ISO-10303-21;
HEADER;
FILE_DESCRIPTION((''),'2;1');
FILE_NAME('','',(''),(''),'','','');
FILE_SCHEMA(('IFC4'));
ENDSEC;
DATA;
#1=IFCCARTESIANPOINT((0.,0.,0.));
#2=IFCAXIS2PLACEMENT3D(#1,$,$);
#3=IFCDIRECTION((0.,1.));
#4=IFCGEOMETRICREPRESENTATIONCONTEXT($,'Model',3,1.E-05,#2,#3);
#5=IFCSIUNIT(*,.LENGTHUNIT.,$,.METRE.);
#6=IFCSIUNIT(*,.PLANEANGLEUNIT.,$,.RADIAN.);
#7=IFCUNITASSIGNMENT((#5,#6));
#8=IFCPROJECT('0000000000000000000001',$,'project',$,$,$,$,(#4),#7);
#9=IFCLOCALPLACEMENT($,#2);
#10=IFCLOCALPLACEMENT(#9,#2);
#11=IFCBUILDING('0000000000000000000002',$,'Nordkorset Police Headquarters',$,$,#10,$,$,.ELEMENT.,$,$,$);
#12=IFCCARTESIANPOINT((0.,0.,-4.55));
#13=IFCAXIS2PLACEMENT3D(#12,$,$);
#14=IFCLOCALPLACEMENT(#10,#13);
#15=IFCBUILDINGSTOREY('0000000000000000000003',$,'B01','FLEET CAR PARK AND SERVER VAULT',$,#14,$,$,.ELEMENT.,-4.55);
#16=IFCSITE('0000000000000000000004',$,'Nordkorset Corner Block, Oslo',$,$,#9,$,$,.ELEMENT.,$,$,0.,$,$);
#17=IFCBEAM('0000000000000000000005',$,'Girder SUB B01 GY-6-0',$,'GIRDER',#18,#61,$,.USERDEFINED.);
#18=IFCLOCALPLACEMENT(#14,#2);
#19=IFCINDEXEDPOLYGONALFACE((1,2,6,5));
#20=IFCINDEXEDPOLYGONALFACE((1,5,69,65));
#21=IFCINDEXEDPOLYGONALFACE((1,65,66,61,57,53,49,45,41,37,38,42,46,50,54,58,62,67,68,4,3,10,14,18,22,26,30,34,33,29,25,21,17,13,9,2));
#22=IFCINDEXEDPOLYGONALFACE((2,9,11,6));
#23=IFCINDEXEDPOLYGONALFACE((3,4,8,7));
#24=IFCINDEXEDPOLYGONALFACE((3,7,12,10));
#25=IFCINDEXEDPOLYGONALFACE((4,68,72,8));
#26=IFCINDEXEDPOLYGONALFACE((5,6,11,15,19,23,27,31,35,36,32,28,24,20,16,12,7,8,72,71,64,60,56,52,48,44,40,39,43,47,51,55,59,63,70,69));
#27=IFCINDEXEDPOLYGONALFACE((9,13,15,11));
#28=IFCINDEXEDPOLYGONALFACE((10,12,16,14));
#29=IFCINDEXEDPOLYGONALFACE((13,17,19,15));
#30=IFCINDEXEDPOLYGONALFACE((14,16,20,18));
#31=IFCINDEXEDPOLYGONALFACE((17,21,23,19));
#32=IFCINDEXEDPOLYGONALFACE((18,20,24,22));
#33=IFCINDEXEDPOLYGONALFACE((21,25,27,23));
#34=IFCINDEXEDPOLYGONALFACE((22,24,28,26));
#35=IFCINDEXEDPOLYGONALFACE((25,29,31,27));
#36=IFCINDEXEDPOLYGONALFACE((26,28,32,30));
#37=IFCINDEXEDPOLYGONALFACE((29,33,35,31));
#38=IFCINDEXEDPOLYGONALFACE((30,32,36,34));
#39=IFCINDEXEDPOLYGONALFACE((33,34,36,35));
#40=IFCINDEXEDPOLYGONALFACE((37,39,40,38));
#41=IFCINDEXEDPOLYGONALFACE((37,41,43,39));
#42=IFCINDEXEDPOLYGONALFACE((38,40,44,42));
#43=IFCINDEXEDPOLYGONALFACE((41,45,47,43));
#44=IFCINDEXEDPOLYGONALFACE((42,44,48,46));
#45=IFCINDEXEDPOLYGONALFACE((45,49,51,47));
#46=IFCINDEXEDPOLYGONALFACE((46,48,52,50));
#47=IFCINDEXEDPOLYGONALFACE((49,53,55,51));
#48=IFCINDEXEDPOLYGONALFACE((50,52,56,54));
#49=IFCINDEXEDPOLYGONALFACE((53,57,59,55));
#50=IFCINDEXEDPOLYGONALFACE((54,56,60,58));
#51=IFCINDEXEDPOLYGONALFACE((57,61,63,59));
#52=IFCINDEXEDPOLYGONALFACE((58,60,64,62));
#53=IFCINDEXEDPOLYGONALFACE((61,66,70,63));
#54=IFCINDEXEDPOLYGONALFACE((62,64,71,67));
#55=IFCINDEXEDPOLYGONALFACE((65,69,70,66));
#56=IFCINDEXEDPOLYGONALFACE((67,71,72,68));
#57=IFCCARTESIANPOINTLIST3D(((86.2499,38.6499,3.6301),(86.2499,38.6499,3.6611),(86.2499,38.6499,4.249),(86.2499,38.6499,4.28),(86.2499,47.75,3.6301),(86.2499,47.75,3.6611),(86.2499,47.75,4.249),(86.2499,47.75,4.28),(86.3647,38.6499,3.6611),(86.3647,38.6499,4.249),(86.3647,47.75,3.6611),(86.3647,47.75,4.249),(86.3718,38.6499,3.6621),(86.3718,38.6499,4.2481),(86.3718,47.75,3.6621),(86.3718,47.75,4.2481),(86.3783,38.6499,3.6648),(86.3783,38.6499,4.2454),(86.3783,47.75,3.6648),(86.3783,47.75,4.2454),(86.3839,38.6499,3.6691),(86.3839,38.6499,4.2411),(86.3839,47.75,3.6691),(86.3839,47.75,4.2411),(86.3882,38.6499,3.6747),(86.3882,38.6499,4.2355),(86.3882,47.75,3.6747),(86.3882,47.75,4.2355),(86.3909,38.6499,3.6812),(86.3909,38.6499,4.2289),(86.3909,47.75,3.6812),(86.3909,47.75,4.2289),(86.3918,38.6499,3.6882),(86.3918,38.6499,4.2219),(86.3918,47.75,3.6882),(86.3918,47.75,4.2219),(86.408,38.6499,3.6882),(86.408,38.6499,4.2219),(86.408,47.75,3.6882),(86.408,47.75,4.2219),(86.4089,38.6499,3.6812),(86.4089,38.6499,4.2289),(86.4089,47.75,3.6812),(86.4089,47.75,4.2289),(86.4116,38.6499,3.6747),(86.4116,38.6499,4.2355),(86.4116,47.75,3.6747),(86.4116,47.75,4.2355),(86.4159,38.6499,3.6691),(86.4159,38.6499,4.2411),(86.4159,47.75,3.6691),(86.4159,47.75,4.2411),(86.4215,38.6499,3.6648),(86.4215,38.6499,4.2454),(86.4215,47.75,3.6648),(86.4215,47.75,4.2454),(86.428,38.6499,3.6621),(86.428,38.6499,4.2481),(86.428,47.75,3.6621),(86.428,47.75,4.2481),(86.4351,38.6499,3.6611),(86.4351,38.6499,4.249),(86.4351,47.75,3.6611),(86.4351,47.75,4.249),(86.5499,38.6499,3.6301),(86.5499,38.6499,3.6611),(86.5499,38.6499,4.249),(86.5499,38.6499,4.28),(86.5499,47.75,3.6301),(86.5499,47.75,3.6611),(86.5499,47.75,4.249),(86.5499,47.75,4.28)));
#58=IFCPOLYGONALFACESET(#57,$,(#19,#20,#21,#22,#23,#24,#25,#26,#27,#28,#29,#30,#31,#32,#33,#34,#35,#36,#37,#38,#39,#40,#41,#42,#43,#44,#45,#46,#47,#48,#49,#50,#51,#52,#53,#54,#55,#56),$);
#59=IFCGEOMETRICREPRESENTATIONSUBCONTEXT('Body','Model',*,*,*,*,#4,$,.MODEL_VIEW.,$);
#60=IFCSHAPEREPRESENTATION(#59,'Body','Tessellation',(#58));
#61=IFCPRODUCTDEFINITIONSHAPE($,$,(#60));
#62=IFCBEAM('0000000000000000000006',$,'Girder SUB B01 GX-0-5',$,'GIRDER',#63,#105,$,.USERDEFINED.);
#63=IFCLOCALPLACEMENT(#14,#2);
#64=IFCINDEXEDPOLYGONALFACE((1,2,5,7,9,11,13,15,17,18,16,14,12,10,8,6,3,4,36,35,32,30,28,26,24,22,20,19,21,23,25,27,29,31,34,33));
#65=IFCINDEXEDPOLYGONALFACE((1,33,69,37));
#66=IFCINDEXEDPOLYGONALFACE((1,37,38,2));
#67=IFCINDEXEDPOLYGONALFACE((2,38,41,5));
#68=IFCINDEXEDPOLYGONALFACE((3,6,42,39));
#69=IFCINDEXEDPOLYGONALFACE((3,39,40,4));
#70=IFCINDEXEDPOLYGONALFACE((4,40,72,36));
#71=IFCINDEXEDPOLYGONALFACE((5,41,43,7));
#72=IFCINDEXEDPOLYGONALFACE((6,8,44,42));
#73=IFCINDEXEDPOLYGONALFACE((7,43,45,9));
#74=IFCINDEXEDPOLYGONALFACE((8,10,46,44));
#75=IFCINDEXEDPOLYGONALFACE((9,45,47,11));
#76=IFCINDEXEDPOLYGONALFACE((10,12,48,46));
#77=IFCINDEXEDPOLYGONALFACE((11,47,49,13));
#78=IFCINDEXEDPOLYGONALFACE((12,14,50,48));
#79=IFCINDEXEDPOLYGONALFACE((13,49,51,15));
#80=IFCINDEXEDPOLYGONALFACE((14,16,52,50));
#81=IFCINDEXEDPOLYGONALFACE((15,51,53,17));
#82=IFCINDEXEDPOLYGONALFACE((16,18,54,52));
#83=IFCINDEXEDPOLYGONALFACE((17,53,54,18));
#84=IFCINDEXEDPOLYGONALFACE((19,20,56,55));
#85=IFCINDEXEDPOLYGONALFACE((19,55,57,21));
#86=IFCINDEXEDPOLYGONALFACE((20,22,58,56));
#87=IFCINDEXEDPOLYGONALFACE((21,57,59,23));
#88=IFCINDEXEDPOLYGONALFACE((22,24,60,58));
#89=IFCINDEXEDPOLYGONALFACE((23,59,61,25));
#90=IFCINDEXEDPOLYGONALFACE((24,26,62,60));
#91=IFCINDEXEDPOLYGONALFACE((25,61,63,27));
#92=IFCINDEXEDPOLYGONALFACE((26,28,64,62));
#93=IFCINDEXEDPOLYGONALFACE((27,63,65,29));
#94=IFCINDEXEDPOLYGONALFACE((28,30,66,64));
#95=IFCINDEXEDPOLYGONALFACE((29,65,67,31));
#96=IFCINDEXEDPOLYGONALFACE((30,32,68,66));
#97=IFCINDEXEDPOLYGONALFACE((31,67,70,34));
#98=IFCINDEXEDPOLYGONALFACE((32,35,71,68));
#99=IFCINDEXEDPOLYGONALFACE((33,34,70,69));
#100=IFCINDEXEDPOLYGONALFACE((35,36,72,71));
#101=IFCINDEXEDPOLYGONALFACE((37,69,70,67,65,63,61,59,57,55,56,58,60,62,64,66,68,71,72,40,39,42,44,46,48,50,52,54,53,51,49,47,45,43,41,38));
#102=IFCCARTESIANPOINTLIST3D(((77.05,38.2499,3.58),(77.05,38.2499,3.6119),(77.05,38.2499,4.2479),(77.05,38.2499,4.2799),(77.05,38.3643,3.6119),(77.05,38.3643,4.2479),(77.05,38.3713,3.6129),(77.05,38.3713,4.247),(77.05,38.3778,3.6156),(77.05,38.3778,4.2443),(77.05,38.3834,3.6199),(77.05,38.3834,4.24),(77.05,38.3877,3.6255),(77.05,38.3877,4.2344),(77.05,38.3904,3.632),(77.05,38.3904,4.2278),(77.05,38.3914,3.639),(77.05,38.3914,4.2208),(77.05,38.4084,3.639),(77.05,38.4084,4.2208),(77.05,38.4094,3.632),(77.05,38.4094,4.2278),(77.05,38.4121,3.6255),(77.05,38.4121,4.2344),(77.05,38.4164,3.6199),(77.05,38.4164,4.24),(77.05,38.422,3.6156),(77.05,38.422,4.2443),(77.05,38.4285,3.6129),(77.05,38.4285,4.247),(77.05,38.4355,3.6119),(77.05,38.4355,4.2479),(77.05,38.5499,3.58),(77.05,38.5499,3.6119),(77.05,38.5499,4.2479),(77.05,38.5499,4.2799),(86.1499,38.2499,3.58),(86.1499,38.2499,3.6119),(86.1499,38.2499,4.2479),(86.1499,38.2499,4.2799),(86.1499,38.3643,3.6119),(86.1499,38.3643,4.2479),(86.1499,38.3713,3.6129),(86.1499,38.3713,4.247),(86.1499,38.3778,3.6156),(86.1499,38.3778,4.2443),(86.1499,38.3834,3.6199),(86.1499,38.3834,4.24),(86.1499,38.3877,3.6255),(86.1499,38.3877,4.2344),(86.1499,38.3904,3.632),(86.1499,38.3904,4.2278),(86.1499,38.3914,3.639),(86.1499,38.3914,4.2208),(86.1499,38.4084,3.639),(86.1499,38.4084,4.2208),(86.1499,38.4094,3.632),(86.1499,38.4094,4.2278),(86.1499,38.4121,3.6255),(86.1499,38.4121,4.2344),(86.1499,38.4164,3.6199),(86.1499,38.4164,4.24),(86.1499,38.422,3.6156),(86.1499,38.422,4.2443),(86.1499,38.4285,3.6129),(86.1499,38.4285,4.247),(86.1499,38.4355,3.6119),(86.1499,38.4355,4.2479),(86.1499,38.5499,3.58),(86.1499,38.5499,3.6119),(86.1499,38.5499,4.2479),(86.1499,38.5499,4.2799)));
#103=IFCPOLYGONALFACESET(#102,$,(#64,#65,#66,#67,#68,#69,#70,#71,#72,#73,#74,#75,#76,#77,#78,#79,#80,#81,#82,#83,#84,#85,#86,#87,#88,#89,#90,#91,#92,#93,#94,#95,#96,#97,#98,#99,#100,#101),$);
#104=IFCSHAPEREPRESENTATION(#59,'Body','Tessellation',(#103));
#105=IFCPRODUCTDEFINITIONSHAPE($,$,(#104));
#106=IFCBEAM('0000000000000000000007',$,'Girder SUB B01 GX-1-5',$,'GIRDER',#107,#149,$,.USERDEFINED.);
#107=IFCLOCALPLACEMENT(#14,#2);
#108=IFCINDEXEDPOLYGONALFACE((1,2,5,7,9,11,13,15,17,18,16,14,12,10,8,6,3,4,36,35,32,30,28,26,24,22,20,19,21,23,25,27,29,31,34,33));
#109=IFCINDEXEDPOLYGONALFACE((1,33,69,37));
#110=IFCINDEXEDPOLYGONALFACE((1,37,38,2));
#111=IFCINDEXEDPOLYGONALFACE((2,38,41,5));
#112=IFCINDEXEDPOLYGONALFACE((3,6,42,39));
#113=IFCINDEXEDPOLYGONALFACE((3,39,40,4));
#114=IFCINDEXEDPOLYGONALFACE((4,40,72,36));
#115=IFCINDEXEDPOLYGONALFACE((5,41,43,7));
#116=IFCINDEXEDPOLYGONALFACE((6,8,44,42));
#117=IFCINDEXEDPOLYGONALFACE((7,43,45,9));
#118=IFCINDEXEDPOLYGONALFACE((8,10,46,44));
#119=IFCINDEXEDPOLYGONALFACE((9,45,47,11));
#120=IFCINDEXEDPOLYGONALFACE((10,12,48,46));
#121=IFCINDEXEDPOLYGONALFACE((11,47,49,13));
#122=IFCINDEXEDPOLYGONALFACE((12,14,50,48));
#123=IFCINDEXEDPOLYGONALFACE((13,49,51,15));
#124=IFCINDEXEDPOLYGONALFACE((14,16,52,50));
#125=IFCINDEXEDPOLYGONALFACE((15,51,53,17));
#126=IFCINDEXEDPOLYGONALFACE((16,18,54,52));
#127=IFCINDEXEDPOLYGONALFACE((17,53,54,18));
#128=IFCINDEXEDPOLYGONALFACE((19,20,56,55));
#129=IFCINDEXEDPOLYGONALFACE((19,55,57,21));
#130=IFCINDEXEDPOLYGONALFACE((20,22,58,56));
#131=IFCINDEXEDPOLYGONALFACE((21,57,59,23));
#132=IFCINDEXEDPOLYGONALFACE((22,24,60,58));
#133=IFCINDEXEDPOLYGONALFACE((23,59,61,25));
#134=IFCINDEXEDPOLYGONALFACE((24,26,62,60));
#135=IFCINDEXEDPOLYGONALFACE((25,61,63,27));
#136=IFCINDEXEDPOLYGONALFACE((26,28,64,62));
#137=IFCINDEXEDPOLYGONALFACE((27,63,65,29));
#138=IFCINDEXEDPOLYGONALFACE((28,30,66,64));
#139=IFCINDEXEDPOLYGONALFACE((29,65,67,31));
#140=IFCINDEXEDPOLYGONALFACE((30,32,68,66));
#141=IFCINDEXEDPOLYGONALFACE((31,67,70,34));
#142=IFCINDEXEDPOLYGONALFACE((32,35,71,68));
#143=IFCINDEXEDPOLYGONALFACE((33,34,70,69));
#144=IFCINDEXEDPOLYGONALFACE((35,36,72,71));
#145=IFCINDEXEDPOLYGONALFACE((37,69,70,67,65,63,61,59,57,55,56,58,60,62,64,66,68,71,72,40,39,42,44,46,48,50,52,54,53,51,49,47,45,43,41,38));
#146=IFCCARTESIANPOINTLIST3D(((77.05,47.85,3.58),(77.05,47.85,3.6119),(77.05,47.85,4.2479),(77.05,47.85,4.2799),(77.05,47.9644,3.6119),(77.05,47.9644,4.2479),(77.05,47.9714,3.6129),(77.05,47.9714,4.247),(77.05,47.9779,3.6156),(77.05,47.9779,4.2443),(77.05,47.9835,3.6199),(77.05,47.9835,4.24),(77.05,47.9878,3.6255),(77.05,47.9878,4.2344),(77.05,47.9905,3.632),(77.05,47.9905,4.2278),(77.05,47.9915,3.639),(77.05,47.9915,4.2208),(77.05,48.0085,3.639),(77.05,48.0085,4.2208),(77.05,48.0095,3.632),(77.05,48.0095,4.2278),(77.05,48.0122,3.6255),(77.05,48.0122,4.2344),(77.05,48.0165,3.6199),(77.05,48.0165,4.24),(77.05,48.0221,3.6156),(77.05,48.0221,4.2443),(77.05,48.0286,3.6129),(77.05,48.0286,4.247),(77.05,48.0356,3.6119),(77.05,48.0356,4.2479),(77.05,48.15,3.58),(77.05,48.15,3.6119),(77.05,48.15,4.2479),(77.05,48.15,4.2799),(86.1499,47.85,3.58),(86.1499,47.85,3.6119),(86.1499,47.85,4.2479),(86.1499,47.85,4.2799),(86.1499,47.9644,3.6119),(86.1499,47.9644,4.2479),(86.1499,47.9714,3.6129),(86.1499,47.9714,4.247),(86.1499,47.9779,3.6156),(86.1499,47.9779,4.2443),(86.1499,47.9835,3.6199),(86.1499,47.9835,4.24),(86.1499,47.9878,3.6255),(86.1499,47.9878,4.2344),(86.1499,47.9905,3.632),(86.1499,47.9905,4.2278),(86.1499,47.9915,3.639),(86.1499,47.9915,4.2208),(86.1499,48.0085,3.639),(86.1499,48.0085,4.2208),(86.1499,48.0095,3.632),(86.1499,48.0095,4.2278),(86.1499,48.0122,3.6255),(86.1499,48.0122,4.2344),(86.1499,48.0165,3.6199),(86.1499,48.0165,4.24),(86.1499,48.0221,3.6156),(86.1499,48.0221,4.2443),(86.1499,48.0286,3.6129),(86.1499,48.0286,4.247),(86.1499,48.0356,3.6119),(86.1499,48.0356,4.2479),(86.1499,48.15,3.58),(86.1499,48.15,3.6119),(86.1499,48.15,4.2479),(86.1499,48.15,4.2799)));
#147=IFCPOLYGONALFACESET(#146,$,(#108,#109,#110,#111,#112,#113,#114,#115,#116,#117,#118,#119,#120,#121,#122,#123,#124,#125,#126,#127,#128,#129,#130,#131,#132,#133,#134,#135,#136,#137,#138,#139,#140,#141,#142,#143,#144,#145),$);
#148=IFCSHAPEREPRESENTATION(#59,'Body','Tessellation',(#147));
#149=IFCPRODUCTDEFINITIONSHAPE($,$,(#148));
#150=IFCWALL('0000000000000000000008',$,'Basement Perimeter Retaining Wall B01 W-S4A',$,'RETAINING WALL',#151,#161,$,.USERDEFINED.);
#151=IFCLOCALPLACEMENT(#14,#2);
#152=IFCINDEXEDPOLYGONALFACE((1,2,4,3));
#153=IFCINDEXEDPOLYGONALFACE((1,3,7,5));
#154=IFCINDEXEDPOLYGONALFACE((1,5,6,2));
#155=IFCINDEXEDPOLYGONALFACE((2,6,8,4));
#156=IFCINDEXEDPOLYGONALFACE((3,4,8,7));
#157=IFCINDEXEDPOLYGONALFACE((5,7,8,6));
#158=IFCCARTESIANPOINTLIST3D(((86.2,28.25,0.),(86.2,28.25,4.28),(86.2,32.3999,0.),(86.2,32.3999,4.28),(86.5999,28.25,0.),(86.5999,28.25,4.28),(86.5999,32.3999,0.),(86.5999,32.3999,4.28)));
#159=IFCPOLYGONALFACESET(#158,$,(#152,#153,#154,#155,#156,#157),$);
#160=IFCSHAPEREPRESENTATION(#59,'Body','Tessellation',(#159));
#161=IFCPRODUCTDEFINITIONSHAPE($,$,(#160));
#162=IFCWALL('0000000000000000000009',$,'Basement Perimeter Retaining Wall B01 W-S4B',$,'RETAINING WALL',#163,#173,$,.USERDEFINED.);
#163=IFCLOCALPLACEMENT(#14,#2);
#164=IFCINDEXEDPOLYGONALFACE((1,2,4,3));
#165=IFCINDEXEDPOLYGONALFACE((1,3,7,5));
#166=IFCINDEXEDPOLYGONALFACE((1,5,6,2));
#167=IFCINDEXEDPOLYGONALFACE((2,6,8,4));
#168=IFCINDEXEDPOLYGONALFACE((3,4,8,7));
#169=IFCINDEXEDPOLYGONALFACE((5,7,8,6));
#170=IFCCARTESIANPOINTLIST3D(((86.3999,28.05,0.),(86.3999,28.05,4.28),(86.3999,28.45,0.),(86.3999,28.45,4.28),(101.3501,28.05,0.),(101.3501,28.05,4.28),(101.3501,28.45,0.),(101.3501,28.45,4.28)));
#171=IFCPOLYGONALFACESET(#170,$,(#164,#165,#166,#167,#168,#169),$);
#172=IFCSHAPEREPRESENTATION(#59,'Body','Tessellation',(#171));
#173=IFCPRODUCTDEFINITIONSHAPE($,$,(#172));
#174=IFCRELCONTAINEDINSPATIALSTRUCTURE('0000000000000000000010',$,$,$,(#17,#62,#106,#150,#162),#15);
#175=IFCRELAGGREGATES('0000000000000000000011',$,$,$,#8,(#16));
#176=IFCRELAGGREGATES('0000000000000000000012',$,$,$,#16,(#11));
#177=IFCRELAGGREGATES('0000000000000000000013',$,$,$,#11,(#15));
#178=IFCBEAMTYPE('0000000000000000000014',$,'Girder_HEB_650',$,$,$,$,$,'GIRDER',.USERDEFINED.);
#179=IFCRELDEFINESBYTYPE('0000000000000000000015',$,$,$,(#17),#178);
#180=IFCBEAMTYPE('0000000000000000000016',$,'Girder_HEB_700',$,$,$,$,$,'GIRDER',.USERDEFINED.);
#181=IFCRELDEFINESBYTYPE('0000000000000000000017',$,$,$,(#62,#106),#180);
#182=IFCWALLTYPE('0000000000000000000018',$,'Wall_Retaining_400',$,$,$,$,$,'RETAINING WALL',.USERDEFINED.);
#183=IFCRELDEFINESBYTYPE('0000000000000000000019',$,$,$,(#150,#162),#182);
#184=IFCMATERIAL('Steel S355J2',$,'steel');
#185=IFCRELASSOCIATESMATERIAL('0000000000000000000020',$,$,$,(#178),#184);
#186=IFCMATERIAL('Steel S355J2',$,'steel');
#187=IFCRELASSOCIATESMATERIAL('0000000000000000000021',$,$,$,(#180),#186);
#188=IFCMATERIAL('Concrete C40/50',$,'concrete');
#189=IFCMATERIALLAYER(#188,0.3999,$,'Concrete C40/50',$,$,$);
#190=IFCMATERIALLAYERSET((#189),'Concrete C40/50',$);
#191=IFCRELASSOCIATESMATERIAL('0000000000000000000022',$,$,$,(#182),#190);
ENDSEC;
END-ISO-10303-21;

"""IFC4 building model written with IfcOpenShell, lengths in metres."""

from ifc_helpers import new_model, si_unit, direction, frame, frame_2d, origin, origin_2d, place, context, subcontext, project, spatial, rectangle, i_section, extrude, material, layer, layer_set, material_profile, profile_set, type_object, element, save


model = new_model("IFC4")

# Units and contexts
model_context = context("Model", 3, precision=1e-05, world=origin(), true_north=direction((0.0, 1.0)))
body_context = subcontext(model_context, "Body", "Model", "MODEL_VIEW")
ifc_project = project(units=[si_unit("LENGTHUNIT", "METRE"), si_unit("PLANEANGLEUNIT", "RADIAN")], contexts=[model_context])

# Site, building, storey
site_placement = place(None, origin())
site = spatial("IfcSite", under=ifc_project, at=site_placement, Name="Nordkorset Corner Block, Oslo", CompositionType="ELEMENT", RefElevation=0.0)
building_placement = place(site_placement, origin())
building = spatial("IfcBuilding", under=site, at=building_placement, Name="Nordkorset Police Headquarters", CompositionType="ELEMENT")
storey_placement = place(building_placement, frame((0.0, 0.0, -4.55)))
storey = spatial("IfcBuildingStorey", under=building, at=storey_placement, Name="B01", Description="FLEET CAR PARK AND SERVER VAULT", CompositionType="ELEMENT", Elevation=-4.55)

# Beams
ifc_material_1 = material(Name="Steel S355J2", Category="steel")
ifc_material_profile_1 = material_profile(ifc_material_1, i_section(OverallWidth=0.3, OverallDepth=0.6499, WebThickness=0.0161, FlangeThickness=0.031, FilletRadius=0.0271, at=origin_2d()), Name="HEB 650")
ifc_profile_set_1 = profile_set([ifc_material_profile_1], Name="Steel S355J2")
beam_type_1 = type_object("IfcBeamType", Name="Girder_HEB_650", ElementType="GIRDER", PredefinedType="USERDEFINED", material=ifc_profile_set_1)
beam_1_placement = place(storey_placement, frame((86.3999, 38.6499, 3.9551), z_axis=(0.0, 1.0, 0.0), x_axis=(-1.0, 0.0, 0.0)))
element("IfcBeam", 1, at=beam_1_placement, inside=storey, type_object=beam_type_1, Name="Girder SUB B01 GY-6-0", ObjectType="GIRDER", PredefinedType="USERDEFINED", context=body_context, shape_type="SweptSolid", body=[
    extrude(i_section(OverallWidth=0.3, OverallDepth=0.6499, WebThickness=0.0161, FlangeThickness=0.031, FilletRadius=0.0271, at=origin_2d()), origin(), (0.0, 0.0, 1.0), 9.1001),
])
ifc_material_2 = material(Name="Steel S355J2", Category="steel")
ifc_material_profile_2 = material_profile(ifc_material_2, i_section(OverallWidth=0.3, OverallDepth=0.7, WebThickness=0.0171, FlangeThickness=0.032, FilletRadius=0.0271, at=origin_2d()), Name="HEB 700")
ifc_profile_set_2 = profile_set([ifc_material_profile_2], Name="Steel S355J2")
beam_type_2 = type_object("IfcBeamType", Name="Girder_HEB_700", ElementType="GIRDER", PredefinedType="USERDEFINED", material=ifc_profile_set_2)
for number, where, z_axis, x_axis, name in (
    (2, (77.05, 38.3999, 3.9299), (1.0, 0.0, 0.0), (0.0, 1.0, 0.0), "Girder SUB B01 GX-0-5"),
    (3, (77.05, 48.0, 3.9299), (1.0, 0.0, 0.0), (0.0, 1.0, 0.0), "Girder SUB B01 GX-1-5"),
):
    element("IfcBeam", number, at=place(storey_placement, frame(where, z_axis=z_axis, x_axis=x_axis)), inside=storey, type_object=beam_type_2, Name=name, ObjectType="GIRDER", PredefinedType="USERDEFINED", context=body_context, shape_type="SweptSolid", body=[
        extrude(i_section(OverallWidth=0.3, OverallDepth=0.7, WebThickness=0.0171, FlangeThickness=0.032, FilletRadius=0.0271, at=origin_2d()), origin(), (0.0, 0.0, 1.0), 9.0999),
    ])

# Walls
ifc_material_3 = material(Name="Concrete C40/50", Category="concrete")
ifc_layer = layer(ifc_material_3, 0.3999, Name="Concrete C40/50")
ifc_layer_set = layer_set([ifc_layer], Name="Concrete C40/50")
wall_type = type_object("IfcWallType", Name="Wall_Retaining_400", ElementType="RETAINING WALL", PredefinedType="USERDEFINED", material=ifc_layer_set)
wall_1_placement = place(storey_placement, frame((86.3999, 28.25, 0.0), z_axis=(0.0, 0.0, 1.0), x_axis=(0.0, 1.0, 0.0)))
element("IfcWall", 4, at=wall_1_placement, inside=storey, type_object=wall_type, Name="Basement Perimeter Retaining Wall B01 W-S4A", ObjectType="RETAINING WALL", PredefinedType="USERDEFINED", context=body_context, shape_type="SweptSolid", body=[
    extrude(rectangle(XDim=4.1499, YDim=0.3999, at=frame_2d((2.075, 0.0))), origin(), (0.0, 0.0, 1.0), 4.28),
])
wall_2_placement = place(storey_placement, frame((86.3999, 28.25, 0.0), z_axis=(0.0, 0.0, 1.0), x_axis=(1.0, 0.0, 0.0)))
element("IfcWall", 5, at=wall_2_placement, inside=storey, type_object=wall_type, Name="Basement Perimeter Retaining Wall B01 W-S4B", ObjectType="RETAINING WALL", PredefinedType="USERDEFINED", context=body_context, shape_type="SweptSolid", body=[
    extrude(rectangle(XDim=14.9502, YDim=0.3999, at=frame_2d((7.4751, 0.0))), origin(), (0.0, 0.0, 1.0), 4.28),
])

save(model, "model.ifc")
